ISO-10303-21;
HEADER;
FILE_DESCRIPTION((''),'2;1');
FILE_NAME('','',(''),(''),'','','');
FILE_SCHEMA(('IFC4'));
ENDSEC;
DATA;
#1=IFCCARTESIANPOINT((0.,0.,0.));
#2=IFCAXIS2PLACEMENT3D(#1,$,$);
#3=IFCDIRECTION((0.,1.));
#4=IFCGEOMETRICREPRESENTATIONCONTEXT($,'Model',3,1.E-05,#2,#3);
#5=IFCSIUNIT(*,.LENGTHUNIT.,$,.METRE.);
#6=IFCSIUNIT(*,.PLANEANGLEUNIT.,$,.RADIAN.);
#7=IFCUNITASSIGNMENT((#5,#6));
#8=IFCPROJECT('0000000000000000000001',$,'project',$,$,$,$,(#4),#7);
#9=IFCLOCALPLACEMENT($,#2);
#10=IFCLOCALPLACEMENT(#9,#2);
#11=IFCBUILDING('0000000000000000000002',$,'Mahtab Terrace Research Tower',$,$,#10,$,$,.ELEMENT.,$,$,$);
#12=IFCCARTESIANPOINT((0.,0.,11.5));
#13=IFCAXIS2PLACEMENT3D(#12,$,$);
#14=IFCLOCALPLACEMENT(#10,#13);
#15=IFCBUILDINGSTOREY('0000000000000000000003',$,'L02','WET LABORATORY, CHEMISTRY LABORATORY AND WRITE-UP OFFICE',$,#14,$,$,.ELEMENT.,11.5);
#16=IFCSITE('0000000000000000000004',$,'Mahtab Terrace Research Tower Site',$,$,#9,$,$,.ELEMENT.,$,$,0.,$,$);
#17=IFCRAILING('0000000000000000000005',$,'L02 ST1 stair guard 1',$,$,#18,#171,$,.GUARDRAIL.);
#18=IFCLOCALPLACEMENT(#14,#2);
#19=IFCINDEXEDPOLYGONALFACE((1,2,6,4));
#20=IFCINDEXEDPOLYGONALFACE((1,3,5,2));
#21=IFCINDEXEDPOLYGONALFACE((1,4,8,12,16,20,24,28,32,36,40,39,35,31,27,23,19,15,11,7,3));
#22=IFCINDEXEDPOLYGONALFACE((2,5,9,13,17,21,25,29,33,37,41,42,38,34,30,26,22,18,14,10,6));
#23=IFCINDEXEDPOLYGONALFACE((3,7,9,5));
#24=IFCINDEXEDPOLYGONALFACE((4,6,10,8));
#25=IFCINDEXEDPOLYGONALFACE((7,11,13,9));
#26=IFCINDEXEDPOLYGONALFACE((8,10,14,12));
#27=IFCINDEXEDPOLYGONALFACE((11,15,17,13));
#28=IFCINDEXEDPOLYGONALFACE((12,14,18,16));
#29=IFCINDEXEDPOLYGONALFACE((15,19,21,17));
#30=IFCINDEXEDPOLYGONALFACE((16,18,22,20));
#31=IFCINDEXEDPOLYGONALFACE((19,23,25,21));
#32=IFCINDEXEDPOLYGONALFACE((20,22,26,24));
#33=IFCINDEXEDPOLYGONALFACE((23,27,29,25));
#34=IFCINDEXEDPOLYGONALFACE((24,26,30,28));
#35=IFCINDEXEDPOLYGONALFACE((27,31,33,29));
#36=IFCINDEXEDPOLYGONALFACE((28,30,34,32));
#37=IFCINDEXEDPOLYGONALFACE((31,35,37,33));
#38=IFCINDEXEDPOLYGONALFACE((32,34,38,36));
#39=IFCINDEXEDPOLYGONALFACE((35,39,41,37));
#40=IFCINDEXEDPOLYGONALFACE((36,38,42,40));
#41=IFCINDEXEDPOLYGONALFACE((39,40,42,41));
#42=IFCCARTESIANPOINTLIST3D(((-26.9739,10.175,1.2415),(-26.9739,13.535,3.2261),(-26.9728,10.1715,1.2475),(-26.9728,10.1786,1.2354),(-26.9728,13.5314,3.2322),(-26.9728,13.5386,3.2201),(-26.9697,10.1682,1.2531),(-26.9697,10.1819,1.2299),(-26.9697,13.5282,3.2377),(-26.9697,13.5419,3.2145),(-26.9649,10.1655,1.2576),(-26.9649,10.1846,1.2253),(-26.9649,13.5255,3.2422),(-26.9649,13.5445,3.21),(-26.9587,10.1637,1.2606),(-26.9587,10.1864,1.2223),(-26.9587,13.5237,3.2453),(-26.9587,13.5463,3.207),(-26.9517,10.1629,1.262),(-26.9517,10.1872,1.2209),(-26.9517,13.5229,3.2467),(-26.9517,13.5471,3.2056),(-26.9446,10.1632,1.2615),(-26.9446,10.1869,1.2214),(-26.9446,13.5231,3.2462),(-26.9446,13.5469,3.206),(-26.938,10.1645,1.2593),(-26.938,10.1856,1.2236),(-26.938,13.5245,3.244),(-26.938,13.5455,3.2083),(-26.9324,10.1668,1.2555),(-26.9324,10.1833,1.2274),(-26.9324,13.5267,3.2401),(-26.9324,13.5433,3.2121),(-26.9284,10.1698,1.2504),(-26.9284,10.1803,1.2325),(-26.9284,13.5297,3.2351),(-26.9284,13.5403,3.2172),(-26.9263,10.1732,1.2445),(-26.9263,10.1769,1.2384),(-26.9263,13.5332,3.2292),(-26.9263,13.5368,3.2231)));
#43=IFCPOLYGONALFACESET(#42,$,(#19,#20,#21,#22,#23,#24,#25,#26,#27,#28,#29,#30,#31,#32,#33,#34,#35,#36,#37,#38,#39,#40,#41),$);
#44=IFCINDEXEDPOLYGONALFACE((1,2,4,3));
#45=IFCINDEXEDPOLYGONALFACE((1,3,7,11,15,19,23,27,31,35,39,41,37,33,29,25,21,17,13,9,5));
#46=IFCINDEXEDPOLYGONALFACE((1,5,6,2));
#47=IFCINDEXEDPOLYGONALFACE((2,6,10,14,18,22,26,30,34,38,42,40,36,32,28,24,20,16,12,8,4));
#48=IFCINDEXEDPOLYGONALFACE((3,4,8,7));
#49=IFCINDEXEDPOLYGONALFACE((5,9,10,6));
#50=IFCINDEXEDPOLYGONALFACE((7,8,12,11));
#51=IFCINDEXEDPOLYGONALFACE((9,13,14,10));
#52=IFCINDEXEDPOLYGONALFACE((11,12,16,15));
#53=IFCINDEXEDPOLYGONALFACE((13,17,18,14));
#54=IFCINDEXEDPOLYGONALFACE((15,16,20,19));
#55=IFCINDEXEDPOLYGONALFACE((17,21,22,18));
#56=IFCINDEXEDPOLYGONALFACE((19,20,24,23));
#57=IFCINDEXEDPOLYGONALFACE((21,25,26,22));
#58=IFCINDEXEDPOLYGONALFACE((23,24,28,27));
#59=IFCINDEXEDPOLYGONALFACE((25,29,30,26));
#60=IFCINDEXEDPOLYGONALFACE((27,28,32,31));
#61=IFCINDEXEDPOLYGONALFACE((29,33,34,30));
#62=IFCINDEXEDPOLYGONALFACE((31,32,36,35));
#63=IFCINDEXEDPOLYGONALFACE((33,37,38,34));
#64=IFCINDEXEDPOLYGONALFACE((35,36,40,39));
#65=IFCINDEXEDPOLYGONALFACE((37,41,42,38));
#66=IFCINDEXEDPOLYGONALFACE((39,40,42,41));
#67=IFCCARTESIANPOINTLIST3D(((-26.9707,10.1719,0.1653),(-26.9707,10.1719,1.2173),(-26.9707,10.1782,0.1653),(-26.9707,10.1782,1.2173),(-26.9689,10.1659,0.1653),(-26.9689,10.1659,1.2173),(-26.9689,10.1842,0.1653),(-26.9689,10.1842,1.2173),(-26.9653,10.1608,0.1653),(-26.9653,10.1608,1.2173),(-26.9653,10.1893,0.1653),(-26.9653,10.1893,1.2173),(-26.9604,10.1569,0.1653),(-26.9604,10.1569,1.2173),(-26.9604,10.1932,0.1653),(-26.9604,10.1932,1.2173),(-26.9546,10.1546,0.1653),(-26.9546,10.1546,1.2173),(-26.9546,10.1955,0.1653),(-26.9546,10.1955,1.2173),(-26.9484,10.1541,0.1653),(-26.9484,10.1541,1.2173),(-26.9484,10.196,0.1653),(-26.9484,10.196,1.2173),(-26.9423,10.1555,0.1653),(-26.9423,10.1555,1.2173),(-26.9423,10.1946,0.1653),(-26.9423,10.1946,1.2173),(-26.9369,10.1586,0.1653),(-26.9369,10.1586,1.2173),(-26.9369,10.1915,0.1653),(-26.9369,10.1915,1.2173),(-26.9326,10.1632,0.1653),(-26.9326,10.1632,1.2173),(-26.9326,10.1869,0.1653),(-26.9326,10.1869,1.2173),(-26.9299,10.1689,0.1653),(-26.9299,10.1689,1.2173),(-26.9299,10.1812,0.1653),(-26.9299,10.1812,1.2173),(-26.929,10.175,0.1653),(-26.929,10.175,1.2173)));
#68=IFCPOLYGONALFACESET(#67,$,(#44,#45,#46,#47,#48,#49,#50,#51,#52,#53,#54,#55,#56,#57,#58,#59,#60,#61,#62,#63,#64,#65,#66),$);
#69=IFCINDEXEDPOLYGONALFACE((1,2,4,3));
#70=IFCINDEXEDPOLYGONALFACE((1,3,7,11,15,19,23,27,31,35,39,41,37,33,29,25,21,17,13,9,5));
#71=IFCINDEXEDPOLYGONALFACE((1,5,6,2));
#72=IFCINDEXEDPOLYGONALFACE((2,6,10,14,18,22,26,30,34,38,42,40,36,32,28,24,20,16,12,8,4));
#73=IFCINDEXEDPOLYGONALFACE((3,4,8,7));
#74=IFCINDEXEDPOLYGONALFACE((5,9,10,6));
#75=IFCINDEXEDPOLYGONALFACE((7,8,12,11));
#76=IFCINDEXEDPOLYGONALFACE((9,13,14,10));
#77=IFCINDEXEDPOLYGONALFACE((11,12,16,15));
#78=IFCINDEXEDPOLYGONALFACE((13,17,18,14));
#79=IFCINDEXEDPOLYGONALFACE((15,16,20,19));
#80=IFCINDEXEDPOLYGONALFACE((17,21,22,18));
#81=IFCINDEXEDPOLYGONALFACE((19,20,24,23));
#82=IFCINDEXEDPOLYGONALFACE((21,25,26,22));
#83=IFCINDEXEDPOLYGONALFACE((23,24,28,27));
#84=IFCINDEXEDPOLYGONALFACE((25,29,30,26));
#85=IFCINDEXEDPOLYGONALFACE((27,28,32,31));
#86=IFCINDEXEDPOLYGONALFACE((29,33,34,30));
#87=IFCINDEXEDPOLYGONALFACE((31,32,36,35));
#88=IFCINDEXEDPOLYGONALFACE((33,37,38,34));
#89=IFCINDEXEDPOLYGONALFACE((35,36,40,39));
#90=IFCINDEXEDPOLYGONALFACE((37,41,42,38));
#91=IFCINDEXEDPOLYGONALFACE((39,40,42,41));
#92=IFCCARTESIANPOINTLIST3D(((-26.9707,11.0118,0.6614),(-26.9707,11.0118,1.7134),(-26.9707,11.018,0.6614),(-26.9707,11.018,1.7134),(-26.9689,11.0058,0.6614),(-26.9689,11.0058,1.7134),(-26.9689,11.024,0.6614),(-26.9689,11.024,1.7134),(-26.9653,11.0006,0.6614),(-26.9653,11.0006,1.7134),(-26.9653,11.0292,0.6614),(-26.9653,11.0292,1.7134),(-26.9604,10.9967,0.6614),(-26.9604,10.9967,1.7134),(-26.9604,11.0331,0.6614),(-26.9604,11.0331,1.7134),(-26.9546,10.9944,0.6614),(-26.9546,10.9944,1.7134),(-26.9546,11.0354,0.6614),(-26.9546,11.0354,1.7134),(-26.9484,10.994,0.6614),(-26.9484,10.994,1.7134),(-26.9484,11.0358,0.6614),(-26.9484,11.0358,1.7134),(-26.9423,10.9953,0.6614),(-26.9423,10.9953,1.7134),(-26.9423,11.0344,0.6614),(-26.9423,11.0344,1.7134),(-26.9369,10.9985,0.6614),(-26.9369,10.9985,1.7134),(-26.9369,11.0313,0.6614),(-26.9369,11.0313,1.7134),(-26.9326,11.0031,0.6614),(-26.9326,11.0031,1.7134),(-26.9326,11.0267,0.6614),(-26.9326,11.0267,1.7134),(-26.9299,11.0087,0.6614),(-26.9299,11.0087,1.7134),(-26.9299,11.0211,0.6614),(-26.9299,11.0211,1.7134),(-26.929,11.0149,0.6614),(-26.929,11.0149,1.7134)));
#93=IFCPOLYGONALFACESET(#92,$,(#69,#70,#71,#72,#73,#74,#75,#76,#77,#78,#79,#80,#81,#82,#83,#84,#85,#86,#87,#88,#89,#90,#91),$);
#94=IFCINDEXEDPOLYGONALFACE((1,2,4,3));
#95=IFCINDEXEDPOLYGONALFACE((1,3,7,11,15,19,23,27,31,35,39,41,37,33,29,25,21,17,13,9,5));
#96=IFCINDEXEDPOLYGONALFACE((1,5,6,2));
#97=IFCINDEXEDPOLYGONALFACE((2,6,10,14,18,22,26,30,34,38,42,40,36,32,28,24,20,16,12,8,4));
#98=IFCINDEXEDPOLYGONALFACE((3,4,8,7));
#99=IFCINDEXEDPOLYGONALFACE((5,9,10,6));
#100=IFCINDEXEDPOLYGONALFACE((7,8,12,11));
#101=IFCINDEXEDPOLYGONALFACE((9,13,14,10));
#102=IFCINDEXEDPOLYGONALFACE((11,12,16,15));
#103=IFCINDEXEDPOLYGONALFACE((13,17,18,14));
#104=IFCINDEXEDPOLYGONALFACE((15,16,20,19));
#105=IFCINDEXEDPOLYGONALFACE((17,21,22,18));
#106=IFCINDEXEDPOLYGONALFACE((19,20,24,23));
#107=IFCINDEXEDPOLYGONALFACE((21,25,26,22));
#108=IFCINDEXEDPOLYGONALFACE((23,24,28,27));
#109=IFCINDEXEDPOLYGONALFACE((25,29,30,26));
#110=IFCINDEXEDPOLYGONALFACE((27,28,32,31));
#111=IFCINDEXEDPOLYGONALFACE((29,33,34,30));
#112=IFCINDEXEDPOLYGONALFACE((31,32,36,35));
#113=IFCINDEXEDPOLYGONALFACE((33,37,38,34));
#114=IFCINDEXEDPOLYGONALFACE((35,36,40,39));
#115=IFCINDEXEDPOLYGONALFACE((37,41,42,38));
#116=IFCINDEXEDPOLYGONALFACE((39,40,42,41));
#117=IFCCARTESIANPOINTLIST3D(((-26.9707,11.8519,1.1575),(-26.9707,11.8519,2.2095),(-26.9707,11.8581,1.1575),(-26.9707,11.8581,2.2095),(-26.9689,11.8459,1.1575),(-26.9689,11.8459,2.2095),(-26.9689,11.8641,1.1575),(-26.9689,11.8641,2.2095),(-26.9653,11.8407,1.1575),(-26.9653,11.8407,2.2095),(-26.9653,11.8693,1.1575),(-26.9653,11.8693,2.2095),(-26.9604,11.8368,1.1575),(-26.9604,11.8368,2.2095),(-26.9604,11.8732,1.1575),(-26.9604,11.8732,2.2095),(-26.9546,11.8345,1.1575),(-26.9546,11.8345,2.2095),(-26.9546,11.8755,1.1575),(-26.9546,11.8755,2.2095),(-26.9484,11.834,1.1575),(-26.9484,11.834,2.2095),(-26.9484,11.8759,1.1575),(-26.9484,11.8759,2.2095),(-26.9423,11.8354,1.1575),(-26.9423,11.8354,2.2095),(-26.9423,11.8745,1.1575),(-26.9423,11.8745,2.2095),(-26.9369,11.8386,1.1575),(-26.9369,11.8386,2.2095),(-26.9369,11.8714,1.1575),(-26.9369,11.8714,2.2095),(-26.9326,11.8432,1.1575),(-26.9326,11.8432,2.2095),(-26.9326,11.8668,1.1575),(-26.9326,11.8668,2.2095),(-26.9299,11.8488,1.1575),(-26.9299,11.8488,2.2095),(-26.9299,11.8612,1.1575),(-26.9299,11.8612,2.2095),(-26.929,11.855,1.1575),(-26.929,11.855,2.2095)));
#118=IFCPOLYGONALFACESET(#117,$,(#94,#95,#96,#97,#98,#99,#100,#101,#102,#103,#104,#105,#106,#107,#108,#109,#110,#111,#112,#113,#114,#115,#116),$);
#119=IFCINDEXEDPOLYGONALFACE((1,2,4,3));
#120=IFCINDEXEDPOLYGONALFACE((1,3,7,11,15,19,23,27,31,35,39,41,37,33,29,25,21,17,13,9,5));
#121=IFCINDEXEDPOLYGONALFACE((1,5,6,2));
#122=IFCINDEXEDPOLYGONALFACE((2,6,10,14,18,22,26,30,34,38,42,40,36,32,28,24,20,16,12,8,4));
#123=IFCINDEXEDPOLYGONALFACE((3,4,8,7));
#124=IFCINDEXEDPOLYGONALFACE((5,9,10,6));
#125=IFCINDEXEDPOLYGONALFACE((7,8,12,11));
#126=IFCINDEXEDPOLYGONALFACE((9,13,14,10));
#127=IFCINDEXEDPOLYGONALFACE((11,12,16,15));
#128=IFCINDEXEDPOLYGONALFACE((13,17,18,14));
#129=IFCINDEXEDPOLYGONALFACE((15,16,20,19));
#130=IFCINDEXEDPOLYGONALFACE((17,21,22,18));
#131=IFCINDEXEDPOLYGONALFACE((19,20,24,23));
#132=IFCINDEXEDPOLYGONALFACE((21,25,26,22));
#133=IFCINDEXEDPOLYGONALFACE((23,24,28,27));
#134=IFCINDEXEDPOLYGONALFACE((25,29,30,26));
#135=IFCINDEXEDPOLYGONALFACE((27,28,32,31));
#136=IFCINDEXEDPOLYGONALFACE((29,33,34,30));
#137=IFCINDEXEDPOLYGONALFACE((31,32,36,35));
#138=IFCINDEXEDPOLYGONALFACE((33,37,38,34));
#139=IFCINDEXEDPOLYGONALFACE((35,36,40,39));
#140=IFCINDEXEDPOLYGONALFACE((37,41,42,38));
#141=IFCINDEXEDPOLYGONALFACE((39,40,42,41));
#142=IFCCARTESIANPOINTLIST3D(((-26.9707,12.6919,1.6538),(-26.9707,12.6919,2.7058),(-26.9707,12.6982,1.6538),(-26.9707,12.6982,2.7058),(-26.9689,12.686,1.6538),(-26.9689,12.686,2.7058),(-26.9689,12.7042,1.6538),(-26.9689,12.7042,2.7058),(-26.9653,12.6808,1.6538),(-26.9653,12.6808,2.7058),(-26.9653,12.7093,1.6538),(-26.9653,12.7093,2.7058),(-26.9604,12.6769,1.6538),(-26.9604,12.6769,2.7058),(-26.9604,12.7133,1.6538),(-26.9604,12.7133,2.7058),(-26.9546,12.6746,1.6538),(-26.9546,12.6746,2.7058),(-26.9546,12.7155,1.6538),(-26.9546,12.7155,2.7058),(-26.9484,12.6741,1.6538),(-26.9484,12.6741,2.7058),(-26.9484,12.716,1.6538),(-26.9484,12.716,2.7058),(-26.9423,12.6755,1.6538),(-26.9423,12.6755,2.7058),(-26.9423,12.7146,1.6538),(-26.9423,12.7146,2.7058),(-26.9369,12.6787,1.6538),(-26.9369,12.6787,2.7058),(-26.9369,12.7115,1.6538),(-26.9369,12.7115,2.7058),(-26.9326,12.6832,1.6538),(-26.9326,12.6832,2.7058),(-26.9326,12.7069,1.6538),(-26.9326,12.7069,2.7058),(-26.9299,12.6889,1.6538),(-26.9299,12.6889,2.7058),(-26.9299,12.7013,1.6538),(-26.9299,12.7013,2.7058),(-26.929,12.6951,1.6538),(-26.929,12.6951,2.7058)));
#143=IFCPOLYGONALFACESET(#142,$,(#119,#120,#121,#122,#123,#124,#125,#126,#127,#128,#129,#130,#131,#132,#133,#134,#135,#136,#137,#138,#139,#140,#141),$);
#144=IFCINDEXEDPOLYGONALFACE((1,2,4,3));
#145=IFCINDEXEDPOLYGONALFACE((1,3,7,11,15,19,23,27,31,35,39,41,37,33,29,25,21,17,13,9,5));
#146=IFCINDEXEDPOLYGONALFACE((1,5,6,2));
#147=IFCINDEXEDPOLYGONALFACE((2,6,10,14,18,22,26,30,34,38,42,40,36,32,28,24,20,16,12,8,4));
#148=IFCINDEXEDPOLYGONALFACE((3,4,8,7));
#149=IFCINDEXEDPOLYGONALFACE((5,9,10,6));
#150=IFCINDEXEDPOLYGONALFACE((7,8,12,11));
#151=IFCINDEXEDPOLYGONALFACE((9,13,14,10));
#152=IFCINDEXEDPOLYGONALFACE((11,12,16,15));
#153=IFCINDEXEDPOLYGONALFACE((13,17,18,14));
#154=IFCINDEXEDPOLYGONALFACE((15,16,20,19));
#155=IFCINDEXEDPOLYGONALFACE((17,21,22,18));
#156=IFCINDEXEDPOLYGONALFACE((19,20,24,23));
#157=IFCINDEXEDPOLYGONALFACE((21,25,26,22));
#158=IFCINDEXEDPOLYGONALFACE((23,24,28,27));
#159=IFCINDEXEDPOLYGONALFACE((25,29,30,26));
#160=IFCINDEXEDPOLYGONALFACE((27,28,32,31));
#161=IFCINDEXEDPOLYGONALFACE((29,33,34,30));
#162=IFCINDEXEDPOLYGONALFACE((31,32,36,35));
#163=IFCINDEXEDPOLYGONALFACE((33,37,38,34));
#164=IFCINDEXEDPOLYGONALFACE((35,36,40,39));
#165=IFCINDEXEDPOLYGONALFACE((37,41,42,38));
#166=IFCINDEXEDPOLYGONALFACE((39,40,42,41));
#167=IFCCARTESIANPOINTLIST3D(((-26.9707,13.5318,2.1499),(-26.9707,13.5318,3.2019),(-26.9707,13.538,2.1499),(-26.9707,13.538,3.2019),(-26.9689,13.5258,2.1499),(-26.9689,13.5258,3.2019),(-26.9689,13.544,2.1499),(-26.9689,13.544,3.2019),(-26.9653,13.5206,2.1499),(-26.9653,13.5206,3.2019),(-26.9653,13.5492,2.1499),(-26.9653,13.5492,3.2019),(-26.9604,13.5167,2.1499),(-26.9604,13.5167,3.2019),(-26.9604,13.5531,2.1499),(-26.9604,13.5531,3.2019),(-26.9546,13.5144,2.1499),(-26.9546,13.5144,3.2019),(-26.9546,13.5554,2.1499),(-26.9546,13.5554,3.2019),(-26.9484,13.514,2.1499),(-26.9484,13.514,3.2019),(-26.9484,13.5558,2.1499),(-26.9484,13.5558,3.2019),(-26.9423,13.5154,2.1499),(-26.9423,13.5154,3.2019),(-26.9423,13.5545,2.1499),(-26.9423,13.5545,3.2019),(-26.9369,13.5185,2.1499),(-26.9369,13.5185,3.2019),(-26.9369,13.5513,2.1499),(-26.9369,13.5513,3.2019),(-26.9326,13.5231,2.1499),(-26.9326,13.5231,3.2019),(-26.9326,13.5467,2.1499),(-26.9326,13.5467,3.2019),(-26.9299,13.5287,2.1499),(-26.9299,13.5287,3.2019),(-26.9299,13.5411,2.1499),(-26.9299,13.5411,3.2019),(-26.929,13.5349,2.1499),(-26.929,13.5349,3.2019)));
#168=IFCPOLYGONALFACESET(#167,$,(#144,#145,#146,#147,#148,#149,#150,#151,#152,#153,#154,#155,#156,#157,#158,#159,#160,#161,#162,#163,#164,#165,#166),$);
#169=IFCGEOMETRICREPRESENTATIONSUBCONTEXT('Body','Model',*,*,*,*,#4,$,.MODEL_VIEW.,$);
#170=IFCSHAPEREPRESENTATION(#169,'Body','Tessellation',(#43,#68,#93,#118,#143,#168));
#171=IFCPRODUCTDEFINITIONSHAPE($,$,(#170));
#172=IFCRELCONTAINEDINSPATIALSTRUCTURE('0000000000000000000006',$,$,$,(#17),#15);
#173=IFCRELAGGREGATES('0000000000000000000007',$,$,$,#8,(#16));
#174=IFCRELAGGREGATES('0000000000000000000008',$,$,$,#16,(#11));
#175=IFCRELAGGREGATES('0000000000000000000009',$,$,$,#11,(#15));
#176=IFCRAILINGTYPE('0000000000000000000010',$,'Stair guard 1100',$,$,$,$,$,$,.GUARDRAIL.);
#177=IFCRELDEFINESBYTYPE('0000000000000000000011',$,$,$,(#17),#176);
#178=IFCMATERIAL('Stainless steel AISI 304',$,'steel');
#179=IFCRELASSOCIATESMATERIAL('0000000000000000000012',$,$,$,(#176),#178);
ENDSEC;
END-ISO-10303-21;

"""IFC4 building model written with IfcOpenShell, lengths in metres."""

from ifc_helpers import new_model, si_unit, direction, frame, origin, origin_2d, place, context, subcontext, project, spatial, circle, extrude, material, type_object, element, save


model = new_model("IFC4")

# Units and contexts
model_context = context("Model", 3, precision=1e-05, world=origin(), true_north=direction((0.0, 1.0)))
body_context = subcontext(model_context, "Body", "Model", "MODEL_VIEW")
ifc_project = project(units=[si_unit("LENGTHUNIT", "METRE"), si_unit("PLANEANGLEUNIT", "RADIAN")], contexts=[model_context])

# Site, building, storey
site_placement = place(None, origin())
site = spatial("IfcSite", under=ifc_project, at=site_placement, Name="Mahtab Terrace Research Tower Site", CompositionType="ELEMENT", RefElevation=0.0)
building_placement = place(site_placement, origin())
building = spatial("IfcBuilding", under=site, at=building_placement, Name="Mahtab Terrace Research Tower", CompositionType="ELEMENT")
storey_placement = place(building_placement, frame((0.0, 0.0, 11.5)))
storey = spatial("IfcBuildingStorey", under=building, at=storey_placement, Name="L02", Description="WET LABORATORY, CHEMISTRY LABORATORY AND WRITE-UP OFFICE", CompositionType="ELEMENT", Elevation=11.5)

# Shared definitions
ifc_material_1 = material(Name="Stainless steel AISI 304", Category="steel")

# Railing
railing_type_1 = type_object("IfcRailingType", Name="Stair guard 1100", PredefinedType="GUARDRAIL", material=ifc_material_1)
railing_1_placement = place(storey_placement, frame((-26.95, 10.175, 0.1653)))
element("IfcRailing", 1, at=railing_1_placement, inside=storey, type_object=railing_type_1, Name="L02 ST1 stair guard 1", PredefinedType="GUARDRAIL", context=body_context, shape_type="SweptSolid", body=[
    extrude(circle(Radius=0.0239, at=origin_2d()), frame((0.0, 0.0, 1.0762), z_axis=(0.0, 0.861011, 0.508586), x_axis=(-1.0, 0.0, 0.0)), (0.0, 0.0, 1.0), 3.9023),
    extrude(circle(Radius=0.021, at=origin_2d()), origin(), (0.0, 0.0, 1.0), 1.052),
    extrude(circle(Radius=0.021, at=origin_2d()), frame((0.0, 0.8398, 0.4961)), (0.0, 0.0, 1.0), 1.052),
    extrude(circle(Radius=0.021, at=origin_2d()), frame((0.0, 1.6799, 0.9922)), (0.0, 0.0, 1.0), 1.052),
    extrude(circle(Radius=0.021, at=origin_2d()), frame((0.0, 2.52, 1.4885)), (0.0, 0.0, 1.0), 1.052),
    extrude(circle(Radius=0.021, at=origin_2d()), frame((0.0, 3.3599, 1.9846)), (0.0, 0.0, 1.0), 1.052),
])

save(model, "model.ifc")
